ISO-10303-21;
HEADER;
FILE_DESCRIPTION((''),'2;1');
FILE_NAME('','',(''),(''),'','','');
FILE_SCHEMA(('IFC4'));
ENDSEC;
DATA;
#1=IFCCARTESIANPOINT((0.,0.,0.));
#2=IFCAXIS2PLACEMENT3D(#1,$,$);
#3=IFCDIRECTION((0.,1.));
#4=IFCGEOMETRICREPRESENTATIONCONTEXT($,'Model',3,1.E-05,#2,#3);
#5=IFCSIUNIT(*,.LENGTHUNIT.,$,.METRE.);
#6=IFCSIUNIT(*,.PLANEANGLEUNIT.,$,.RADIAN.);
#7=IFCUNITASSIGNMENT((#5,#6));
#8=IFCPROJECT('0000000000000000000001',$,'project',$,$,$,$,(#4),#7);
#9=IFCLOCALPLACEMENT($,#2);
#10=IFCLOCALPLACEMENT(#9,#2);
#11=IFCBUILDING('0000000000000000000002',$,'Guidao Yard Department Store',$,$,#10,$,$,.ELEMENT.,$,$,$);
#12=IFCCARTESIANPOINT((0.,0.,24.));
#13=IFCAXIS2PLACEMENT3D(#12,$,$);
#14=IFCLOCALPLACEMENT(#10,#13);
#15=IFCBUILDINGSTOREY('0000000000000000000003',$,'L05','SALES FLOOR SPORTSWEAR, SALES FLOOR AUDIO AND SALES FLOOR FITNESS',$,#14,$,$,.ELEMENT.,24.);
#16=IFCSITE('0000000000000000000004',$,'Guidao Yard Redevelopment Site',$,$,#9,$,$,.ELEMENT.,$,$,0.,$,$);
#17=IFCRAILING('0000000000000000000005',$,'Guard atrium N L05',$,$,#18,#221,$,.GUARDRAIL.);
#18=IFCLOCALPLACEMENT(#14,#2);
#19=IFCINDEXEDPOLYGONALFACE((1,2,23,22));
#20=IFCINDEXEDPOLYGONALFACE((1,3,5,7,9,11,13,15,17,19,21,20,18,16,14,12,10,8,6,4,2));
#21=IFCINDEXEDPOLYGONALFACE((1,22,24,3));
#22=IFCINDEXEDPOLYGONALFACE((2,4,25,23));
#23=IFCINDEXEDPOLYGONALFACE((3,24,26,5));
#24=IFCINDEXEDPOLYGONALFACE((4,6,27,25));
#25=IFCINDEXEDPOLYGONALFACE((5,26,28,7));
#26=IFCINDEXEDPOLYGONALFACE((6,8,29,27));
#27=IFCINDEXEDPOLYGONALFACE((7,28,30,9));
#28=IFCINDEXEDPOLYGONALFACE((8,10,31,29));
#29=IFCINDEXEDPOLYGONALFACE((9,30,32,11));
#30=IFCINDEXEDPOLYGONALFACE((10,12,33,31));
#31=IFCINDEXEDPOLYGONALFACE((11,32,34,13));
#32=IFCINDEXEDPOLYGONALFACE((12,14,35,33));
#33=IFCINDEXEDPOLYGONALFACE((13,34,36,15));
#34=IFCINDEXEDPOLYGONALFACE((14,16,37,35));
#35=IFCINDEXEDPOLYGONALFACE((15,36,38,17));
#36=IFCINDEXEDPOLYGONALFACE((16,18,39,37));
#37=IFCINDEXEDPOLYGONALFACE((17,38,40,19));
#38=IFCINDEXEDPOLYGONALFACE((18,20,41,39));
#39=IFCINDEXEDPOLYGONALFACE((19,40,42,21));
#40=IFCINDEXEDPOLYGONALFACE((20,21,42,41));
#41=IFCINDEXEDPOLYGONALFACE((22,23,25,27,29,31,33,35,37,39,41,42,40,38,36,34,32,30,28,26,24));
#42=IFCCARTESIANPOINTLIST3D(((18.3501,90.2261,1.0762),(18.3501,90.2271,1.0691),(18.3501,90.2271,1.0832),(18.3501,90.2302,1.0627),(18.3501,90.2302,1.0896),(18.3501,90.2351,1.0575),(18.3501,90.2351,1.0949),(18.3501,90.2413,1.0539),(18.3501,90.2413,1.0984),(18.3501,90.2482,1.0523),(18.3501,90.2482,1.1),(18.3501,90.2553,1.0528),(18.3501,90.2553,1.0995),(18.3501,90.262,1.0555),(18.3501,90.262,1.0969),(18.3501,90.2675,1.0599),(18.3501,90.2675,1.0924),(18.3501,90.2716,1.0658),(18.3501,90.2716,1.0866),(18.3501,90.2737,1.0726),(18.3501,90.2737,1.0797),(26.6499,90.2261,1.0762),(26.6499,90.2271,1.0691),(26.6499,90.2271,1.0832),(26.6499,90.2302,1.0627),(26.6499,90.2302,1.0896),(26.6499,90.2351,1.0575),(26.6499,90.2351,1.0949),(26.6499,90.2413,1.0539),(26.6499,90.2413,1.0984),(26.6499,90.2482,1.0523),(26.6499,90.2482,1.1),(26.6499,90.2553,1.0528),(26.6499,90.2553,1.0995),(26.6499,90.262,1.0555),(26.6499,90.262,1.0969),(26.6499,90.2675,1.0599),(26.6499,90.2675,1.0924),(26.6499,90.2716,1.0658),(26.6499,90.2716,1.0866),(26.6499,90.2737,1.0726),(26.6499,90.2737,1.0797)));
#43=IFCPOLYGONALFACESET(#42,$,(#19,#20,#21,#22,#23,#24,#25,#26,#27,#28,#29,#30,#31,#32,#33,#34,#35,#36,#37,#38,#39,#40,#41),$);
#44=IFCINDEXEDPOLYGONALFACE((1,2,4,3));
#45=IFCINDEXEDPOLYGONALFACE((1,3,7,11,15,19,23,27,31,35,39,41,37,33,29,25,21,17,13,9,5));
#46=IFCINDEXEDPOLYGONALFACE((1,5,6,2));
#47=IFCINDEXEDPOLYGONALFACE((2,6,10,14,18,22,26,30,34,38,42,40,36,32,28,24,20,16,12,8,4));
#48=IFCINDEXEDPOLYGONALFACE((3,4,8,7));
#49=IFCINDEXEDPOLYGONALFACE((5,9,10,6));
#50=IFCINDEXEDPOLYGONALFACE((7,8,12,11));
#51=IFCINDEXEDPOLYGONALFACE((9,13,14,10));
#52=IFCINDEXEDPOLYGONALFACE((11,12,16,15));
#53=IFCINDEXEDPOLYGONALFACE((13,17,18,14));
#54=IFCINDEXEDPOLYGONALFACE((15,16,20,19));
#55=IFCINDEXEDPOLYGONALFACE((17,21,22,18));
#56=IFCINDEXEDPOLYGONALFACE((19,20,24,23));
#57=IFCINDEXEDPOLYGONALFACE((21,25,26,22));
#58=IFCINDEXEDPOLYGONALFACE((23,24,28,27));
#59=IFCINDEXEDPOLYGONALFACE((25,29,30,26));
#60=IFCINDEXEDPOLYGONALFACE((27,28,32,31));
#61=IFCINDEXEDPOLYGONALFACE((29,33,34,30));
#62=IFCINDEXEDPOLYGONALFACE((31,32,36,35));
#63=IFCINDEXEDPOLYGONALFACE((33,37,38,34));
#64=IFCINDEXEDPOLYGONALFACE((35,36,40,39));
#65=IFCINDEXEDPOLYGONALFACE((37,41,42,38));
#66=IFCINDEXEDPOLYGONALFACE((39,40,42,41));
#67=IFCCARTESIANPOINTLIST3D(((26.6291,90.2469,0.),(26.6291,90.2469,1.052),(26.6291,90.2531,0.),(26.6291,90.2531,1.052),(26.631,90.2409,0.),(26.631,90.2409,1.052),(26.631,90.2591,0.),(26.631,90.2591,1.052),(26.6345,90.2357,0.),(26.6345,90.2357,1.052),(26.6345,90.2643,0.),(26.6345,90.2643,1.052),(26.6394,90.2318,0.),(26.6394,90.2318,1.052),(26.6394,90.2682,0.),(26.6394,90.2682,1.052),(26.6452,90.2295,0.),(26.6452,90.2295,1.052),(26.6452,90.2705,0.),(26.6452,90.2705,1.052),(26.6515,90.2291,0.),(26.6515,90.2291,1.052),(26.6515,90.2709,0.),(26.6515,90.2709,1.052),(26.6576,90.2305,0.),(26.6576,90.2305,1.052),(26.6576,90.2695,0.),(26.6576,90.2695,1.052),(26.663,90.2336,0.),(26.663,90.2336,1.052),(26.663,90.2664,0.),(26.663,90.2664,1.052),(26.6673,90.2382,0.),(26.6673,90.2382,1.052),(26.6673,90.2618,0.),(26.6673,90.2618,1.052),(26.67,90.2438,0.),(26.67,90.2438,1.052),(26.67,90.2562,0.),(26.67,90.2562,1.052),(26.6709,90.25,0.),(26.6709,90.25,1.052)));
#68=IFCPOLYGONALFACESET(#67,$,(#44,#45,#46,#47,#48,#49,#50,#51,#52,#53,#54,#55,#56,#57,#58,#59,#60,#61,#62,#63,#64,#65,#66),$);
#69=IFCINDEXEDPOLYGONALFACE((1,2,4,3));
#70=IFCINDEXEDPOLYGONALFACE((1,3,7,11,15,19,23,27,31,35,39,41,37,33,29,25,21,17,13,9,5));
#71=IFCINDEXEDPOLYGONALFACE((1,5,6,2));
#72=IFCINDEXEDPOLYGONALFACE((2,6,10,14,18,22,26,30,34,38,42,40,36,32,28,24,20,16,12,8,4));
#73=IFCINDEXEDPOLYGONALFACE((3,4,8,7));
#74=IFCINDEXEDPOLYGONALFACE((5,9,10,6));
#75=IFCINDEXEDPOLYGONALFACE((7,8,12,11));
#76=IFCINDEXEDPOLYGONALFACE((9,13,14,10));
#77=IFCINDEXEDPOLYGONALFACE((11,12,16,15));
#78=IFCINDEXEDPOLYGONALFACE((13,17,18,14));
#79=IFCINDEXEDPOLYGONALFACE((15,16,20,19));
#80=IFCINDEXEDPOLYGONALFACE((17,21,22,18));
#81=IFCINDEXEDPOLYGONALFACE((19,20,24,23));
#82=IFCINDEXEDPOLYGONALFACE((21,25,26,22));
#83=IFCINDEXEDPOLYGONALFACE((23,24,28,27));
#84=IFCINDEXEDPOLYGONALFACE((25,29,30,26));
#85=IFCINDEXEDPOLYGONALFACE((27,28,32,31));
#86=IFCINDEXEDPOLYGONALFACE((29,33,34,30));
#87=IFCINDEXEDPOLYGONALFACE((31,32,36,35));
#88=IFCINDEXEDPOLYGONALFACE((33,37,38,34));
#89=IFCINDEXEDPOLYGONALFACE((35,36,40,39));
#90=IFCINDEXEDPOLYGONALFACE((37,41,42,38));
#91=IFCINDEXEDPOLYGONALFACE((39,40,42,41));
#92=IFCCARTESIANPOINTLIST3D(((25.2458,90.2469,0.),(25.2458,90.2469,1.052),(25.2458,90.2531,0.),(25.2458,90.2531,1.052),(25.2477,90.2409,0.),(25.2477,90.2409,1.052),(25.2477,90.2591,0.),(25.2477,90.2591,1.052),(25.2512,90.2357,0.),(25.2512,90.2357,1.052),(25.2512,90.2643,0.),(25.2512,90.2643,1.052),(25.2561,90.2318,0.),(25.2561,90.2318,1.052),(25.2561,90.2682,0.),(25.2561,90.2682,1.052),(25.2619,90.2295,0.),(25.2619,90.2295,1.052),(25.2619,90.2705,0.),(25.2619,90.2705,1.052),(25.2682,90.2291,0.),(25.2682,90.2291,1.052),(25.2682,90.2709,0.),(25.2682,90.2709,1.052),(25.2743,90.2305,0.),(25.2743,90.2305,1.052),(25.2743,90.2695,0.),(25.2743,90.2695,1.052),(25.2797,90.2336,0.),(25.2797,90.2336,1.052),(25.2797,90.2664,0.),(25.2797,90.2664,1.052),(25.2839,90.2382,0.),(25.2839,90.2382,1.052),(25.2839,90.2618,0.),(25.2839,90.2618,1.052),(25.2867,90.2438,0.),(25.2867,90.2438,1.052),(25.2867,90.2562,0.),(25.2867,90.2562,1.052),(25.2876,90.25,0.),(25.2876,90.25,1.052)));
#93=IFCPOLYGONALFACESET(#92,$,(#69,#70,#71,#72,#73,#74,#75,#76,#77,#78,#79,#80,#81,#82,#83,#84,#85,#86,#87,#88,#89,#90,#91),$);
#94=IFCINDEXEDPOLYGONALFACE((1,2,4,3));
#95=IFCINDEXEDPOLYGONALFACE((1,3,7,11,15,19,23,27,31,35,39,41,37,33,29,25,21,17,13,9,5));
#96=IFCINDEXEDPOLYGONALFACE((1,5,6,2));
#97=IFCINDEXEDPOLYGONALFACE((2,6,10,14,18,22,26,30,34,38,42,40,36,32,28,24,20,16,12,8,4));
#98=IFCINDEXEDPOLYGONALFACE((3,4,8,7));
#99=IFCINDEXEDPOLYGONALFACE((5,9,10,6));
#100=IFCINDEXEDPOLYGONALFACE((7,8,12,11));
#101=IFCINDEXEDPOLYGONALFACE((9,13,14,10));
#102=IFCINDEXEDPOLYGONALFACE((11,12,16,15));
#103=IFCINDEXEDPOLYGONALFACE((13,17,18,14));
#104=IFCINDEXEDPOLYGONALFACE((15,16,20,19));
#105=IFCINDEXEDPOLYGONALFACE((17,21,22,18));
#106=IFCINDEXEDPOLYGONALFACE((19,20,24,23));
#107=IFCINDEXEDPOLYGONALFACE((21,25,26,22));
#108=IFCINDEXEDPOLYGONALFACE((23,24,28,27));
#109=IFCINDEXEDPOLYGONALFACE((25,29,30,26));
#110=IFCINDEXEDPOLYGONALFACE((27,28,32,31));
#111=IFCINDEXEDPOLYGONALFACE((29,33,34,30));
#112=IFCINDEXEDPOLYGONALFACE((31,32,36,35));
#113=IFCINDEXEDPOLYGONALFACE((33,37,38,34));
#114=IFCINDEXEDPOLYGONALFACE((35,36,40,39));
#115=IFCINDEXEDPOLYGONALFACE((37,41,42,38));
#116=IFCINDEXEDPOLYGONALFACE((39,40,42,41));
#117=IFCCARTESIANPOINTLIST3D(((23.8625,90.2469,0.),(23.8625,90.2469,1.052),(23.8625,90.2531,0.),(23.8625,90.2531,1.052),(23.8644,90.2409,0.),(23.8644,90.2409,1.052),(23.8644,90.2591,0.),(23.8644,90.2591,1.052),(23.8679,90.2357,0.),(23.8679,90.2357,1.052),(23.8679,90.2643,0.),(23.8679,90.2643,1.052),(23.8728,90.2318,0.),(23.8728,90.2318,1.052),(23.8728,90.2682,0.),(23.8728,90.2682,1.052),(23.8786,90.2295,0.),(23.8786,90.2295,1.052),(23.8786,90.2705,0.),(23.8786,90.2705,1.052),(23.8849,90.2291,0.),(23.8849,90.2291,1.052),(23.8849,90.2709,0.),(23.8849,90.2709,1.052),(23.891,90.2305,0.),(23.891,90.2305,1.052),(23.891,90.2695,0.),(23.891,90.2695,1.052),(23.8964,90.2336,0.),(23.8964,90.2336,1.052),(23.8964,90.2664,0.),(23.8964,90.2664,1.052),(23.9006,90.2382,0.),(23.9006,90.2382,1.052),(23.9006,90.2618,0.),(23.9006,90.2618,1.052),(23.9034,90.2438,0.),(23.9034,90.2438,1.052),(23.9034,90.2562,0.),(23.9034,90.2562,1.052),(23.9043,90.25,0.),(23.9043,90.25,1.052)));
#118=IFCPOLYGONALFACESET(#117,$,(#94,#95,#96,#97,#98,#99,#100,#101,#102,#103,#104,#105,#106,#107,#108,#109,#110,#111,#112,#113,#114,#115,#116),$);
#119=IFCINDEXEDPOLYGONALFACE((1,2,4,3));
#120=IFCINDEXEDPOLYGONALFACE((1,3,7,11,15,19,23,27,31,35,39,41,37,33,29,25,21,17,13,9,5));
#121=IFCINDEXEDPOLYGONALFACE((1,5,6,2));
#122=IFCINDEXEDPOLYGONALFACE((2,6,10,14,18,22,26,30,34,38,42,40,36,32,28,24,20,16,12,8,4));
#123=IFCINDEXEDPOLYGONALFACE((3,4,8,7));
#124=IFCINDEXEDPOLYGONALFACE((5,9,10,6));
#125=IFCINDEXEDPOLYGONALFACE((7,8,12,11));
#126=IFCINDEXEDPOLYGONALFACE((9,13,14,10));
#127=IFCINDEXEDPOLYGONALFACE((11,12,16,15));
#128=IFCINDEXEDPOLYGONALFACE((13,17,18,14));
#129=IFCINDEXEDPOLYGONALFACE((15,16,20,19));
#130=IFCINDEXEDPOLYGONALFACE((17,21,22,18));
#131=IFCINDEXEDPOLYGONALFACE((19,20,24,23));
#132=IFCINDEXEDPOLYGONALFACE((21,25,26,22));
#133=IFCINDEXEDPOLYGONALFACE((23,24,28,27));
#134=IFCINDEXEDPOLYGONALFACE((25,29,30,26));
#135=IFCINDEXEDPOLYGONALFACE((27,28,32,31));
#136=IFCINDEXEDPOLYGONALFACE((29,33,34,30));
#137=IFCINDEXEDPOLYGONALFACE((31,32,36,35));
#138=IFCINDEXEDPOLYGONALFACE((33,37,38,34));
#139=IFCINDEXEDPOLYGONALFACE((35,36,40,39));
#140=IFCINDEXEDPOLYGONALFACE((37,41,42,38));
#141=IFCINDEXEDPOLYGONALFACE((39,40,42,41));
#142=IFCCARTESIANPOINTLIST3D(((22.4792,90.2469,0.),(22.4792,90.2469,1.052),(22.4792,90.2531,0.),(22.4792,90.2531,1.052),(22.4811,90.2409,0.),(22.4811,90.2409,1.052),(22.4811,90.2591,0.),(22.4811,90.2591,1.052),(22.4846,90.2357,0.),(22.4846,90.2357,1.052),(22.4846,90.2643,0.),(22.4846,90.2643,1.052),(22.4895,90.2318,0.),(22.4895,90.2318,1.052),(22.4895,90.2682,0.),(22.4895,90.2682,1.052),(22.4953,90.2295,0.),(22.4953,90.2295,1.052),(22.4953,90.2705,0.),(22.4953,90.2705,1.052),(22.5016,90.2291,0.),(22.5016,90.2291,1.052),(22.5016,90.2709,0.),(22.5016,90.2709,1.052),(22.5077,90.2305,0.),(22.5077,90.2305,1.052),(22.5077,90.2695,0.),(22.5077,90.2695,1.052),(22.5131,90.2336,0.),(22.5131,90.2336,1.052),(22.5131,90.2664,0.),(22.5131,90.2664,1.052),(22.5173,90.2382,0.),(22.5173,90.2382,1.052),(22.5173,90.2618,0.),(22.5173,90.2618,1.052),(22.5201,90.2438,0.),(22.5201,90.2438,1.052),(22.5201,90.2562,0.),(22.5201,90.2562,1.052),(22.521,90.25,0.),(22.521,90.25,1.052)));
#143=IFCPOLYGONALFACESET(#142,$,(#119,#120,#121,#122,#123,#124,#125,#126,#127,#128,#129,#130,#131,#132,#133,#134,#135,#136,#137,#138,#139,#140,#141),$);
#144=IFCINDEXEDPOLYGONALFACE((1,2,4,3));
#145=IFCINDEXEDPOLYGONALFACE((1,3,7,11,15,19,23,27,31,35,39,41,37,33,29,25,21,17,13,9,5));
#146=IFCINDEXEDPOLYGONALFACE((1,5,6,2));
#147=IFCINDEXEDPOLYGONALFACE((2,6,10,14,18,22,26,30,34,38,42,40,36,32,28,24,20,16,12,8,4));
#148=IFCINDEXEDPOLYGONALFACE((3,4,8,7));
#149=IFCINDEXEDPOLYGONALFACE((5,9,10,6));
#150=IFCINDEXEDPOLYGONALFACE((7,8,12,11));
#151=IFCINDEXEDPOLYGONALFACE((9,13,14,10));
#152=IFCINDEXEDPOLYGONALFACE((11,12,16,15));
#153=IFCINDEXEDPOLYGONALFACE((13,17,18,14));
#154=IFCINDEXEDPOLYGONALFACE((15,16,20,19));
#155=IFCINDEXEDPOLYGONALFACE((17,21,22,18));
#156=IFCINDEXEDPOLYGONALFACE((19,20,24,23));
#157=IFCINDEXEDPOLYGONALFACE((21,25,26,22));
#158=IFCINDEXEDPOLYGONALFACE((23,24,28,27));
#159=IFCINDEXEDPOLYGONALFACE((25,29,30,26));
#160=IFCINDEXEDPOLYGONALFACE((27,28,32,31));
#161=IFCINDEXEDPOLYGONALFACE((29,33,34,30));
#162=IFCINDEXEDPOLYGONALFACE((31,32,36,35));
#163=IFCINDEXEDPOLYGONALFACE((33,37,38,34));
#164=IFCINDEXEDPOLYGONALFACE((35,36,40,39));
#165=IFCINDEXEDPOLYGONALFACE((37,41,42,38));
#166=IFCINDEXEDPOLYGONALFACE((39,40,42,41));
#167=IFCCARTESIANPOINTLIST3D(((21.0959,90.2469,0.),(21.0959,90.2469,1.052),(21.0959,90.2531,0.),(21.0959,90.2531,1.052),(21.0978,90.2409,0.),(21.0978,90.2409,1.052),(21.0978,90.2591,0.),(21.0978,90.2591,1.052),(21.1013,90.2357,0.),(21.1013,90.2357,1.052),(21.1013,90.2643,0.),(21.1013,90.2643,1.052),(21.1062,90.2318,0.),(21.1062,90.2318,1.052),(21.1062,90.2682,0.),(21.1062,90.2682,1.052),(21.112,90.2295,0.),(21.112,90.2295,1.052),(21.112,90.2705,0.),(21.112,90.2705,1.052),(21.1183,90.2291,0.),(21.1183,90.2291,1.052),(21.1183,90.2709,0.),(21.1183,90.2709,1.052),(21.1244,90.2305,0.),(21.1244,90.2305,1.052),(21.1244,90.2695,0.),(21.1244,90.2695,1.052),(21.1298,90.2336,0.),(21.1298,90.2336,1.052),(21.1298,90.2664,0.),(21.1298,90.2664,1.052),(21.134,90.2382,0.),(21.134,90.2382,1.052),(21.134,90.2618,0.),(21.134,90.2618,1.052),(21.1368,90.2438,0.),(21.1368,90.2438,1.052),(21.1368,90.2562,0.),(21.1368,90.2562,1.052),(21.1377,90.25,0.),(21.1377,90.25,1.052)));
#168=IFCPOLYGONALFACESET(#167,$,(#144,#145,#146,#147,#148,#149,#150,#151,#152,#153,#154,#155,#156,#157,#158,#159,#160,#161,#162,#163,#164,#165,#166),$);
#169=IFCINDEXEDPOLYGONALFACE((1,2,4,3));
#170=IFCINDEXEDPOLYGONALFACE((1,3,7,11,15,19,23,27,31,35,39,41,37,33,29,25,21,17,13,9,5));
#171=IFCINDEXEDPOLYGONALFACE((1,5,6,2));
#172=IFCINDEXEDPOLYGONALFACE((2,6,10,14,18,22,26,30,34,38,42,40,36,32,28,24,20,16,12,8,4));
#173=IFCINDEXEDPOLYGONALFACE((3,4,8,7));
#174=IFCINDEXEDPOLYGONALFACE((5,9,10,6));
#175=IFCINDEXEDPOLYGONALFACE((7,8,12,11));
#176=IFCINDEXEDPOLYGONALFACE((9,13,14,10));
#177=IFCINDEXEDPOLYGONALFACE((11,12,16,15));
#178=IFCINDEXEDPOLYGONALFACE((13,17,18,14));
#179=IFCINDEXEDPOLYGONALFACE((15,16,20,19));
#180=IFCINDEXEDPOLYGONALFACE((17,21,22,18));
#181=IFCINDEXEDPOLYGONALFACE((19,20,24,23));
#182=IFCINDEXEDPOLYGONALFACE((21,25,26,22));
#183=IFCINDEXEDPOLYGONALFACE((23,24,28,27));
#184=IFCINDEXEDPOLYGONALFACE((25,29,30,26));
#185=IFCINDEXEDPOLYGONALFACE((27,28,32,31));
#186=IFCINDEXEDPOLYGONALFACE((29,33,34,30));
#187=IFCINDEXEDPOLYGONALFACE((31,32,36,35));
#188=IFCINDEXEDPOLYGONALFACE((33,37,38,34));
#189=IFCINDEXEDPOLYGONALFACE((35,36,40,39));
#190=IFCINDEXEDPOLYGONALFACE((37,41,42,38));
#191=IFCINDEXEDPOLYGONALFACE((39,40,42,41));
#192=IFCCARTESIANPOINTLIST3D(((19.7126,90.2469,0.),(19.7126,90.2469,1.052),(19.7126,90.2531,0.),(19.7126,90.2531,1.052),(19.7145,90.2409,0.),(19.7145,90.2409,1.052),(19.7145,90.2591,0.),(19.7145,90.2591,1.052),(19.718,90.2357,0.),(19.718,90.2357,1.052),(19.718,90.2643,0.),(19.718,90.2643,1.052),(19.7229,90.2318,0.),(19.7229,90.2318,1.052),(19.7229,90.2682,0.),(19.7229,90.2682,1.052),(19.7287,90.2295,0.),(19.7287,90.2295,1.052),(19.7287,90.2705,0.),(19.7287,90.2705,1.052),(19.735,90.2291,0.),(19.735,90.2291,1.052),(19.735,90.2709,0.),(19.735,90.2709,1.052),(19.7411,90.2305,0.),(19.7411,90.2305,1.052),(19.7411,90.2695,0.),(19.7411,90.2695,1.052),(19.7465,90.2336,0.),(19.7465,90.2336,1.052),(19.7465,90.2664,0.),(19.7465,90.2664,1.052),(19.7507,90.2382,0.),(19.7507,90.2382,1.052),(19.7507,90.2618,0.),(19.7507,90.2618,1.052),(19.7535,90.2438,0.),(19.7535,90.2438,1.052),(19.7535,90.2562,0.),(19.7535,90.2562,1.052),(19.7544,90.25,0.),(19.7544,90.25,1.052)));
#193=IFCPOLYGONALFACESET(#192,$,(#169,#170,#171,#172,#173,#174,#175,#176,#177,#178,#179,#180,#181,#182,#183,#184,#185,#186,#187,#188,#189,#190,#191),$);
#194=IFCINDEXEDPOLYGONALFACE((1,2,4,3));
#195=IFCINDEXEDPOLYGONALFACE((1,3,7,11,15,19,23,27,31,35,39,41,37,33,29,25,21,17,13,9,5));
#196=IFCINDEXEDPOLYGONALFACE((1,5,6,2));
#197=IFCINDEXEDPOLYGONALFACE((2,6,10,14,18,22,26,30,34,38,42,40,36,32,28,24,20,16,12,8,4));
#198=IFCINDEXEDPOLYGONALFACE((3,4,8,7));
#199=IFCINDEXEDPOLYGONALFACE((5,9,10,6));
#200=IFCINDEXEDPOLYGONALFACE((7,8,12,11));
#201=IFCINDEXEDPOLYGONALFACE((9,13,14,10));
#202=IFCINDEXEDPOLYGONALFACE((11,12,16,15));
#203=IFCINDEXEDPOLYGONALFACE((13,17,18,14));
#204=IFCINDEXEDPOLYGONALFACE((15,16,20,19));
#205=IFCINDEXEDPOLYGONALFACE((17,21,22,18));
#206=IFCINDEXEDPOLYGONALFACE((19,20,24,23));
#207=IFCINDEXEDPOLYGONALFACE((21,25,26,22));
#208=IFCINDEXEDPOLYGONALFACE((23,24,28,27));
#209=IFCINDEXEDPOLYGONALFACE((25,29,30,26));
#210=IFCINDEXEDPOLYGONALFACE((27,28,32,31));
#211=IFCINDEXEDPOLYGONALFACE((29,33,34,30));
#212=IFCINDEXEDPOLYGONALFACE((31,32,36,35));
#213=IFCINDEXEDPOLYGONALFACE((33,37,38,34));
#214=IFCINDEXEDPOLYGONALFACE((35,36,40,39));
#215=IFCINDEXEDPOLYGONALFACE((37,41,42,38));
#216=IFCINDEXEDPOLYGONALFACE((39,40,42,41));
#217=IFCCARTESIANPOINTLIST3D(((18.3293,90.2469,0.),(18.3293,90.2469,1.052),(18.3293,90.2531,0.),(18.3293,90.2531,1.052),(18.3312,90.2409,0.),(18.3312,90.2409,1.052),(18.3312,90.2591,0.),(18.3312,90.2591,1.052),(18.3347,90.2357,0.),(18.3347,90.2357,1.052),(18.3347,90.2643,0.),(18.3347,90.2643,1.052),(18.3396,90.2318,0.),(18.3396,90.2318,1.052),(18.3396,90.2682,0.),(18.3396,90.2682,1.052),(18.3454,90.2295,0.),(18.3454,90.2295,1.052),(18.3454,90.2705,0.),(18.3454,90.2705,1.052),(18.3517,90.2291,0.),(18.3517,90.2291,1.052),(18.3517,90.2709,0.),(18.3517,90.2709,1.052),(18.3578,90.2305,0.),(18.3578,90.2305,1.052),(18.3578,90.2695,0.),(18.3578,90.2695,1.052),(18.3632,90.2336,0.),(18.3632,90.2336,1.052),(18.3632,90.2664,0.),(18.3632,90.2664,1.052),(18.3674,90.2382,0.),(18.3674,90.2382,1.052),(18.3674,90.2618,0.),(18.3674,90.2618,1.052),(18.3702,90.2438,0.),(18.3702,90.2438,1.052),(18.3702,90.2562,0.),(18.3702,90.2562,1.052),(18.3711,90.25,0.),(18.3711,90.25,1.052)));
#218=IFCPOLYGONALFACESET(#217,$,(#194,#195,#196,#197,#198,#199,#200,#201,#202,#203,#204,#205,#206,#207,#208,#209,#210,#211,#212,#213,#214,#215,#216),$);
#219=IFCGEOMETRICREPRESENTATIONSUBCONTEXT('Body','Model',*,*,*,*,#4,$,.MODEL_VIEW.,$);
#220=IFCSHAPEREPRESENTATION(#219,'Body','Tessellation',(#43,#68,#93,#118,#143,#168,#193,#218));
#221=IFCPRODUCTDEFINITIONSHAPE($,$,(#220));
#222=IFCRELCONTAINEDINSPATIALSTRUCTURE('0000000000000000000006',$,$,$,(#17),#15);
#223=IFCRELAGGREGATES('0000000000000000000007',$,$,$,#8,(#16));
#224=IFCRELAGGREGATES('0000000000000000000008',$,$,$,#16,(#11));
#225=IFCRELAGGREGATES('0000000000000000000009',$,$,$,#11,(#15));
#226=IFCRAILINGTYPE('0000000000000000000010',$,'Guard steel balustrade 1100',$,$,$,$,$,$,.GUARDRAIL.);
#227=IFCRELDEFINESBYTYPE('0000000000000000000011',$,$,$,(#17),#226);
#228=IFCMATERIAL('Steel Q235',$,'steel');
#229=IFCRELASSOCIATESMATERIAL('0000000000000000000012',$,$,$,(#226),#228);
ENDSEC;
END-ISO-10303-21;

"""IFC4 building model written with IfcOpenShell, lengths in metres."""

from ifc_helpers import new_model, si_unit, direction, frame, origin, origin_2d, place, context, subcontext, project, spatial, circle, extrude, material, type_object, element, save


model = new_model("IFC4")

# Units and contexts
model_context = context("Model", 3, precision=1e-05, world=origin(), true_north=direction((0.0, 1.0)))
body_context = subcontext(model_context, "Body", "Model", "MODEL_VIEW")
ifc_project = project(units=[si_unit("LENGTHUNIT", "METRE"), si_unit("PLANEANGLEUNIT", "RADIAN")], contexts=[model_context])

# Site, building, storey
site_placement = place(None, origin())
site = spatial("IfcSite", under=ifc_project, at=site_placement, Name="Guidao Yard Redevelopment Site", CompositionType="ELEMENT", RefElevation=0.0)
building_placement = place(site_placement, origin())
building = spatial("IfcBuilding", under=site, at=building_placement, Name="Guidao Yard Department Store", CompositionType="ELEMENT")
storey_placement = place(building_placement, frame((0.0, 0.0, 24.0)))
storey = spatial("IfcBuildingStorey", under=building, at=storey_placement, Name="L05", Description="SALES FLOOR SPORTSWEAR, SALES FLOOR AUDIO AND SALES FLOOR FITNESS", CompositionType="ELEMENT", Elevation=24.0)

# Railing
ifc_material_1 = material(Name="Steel Q235", Category="steel")
railing_type = type_object("IfcRailingType", Name="Guard steel balustrade 1100", PredefinedType="GUARDRAIL", material=ifc_material_1)
railing_placement = place(storey_placement, frame((26.6499, 90.25, 0.0)))
element("IfcRailing", 1, at=railing_placement, inside=storey, type_object=railing_type, Name="Guard atrium N L05", PredefinedType="GUARDRAIL", context=body_context, shape_type="SweptSolid", body=[
    extrude(circle(Radius=0.0239, at=origin_2d()), frame((0.0, 0.0, 1.0762), z_axis=(-1.0, 0.0, 0.0), x_axis=(0.0, -1.0, 0.0)), (0.0, 0.0, 1.0), 8.2998),
    extrude(circle(Radius=0.021, at=origin_2d()), origin(), (0.0, 0.0, 1.0), 1.052),
    extrude(circle(Radius=0.021, at=origin_2d()), frame((-1.3833, 0.0, 0.0)), (0.0, 0.0, 1.0), 1.052),
    extrude(circle(Radius=0.021, at=origin_2d()), frame((-2.7666, 0.0, 0.0)), (0.0, 0.0, 1.0), 1.052),
    extrude(circle(Radius=0.021, at=origin_2d()), frame((-4.1499, 0.0, 0.0)), (0.0, 0.0, 1.0), 1.052),
    extrude(circle(Radius=0.021, at=origin_2d()), frame((-5.5332, 0.0, 0.0)), (0.0, 0.0, 1.0), 1.052),
    extrude(circle(Radius=0.021, at=origin_2d()), frame((-6.9165, 0.0, 0.0)), (0.0, 0.0, 1.0), 1.052),
    extrude(circle(Radius=0.021, at=origin_2d()), frame((-8.2998, 0.0, 0.0)), (0.0, 0.0, 1.0), 1.052),
])

save(model, "model.ifc")
